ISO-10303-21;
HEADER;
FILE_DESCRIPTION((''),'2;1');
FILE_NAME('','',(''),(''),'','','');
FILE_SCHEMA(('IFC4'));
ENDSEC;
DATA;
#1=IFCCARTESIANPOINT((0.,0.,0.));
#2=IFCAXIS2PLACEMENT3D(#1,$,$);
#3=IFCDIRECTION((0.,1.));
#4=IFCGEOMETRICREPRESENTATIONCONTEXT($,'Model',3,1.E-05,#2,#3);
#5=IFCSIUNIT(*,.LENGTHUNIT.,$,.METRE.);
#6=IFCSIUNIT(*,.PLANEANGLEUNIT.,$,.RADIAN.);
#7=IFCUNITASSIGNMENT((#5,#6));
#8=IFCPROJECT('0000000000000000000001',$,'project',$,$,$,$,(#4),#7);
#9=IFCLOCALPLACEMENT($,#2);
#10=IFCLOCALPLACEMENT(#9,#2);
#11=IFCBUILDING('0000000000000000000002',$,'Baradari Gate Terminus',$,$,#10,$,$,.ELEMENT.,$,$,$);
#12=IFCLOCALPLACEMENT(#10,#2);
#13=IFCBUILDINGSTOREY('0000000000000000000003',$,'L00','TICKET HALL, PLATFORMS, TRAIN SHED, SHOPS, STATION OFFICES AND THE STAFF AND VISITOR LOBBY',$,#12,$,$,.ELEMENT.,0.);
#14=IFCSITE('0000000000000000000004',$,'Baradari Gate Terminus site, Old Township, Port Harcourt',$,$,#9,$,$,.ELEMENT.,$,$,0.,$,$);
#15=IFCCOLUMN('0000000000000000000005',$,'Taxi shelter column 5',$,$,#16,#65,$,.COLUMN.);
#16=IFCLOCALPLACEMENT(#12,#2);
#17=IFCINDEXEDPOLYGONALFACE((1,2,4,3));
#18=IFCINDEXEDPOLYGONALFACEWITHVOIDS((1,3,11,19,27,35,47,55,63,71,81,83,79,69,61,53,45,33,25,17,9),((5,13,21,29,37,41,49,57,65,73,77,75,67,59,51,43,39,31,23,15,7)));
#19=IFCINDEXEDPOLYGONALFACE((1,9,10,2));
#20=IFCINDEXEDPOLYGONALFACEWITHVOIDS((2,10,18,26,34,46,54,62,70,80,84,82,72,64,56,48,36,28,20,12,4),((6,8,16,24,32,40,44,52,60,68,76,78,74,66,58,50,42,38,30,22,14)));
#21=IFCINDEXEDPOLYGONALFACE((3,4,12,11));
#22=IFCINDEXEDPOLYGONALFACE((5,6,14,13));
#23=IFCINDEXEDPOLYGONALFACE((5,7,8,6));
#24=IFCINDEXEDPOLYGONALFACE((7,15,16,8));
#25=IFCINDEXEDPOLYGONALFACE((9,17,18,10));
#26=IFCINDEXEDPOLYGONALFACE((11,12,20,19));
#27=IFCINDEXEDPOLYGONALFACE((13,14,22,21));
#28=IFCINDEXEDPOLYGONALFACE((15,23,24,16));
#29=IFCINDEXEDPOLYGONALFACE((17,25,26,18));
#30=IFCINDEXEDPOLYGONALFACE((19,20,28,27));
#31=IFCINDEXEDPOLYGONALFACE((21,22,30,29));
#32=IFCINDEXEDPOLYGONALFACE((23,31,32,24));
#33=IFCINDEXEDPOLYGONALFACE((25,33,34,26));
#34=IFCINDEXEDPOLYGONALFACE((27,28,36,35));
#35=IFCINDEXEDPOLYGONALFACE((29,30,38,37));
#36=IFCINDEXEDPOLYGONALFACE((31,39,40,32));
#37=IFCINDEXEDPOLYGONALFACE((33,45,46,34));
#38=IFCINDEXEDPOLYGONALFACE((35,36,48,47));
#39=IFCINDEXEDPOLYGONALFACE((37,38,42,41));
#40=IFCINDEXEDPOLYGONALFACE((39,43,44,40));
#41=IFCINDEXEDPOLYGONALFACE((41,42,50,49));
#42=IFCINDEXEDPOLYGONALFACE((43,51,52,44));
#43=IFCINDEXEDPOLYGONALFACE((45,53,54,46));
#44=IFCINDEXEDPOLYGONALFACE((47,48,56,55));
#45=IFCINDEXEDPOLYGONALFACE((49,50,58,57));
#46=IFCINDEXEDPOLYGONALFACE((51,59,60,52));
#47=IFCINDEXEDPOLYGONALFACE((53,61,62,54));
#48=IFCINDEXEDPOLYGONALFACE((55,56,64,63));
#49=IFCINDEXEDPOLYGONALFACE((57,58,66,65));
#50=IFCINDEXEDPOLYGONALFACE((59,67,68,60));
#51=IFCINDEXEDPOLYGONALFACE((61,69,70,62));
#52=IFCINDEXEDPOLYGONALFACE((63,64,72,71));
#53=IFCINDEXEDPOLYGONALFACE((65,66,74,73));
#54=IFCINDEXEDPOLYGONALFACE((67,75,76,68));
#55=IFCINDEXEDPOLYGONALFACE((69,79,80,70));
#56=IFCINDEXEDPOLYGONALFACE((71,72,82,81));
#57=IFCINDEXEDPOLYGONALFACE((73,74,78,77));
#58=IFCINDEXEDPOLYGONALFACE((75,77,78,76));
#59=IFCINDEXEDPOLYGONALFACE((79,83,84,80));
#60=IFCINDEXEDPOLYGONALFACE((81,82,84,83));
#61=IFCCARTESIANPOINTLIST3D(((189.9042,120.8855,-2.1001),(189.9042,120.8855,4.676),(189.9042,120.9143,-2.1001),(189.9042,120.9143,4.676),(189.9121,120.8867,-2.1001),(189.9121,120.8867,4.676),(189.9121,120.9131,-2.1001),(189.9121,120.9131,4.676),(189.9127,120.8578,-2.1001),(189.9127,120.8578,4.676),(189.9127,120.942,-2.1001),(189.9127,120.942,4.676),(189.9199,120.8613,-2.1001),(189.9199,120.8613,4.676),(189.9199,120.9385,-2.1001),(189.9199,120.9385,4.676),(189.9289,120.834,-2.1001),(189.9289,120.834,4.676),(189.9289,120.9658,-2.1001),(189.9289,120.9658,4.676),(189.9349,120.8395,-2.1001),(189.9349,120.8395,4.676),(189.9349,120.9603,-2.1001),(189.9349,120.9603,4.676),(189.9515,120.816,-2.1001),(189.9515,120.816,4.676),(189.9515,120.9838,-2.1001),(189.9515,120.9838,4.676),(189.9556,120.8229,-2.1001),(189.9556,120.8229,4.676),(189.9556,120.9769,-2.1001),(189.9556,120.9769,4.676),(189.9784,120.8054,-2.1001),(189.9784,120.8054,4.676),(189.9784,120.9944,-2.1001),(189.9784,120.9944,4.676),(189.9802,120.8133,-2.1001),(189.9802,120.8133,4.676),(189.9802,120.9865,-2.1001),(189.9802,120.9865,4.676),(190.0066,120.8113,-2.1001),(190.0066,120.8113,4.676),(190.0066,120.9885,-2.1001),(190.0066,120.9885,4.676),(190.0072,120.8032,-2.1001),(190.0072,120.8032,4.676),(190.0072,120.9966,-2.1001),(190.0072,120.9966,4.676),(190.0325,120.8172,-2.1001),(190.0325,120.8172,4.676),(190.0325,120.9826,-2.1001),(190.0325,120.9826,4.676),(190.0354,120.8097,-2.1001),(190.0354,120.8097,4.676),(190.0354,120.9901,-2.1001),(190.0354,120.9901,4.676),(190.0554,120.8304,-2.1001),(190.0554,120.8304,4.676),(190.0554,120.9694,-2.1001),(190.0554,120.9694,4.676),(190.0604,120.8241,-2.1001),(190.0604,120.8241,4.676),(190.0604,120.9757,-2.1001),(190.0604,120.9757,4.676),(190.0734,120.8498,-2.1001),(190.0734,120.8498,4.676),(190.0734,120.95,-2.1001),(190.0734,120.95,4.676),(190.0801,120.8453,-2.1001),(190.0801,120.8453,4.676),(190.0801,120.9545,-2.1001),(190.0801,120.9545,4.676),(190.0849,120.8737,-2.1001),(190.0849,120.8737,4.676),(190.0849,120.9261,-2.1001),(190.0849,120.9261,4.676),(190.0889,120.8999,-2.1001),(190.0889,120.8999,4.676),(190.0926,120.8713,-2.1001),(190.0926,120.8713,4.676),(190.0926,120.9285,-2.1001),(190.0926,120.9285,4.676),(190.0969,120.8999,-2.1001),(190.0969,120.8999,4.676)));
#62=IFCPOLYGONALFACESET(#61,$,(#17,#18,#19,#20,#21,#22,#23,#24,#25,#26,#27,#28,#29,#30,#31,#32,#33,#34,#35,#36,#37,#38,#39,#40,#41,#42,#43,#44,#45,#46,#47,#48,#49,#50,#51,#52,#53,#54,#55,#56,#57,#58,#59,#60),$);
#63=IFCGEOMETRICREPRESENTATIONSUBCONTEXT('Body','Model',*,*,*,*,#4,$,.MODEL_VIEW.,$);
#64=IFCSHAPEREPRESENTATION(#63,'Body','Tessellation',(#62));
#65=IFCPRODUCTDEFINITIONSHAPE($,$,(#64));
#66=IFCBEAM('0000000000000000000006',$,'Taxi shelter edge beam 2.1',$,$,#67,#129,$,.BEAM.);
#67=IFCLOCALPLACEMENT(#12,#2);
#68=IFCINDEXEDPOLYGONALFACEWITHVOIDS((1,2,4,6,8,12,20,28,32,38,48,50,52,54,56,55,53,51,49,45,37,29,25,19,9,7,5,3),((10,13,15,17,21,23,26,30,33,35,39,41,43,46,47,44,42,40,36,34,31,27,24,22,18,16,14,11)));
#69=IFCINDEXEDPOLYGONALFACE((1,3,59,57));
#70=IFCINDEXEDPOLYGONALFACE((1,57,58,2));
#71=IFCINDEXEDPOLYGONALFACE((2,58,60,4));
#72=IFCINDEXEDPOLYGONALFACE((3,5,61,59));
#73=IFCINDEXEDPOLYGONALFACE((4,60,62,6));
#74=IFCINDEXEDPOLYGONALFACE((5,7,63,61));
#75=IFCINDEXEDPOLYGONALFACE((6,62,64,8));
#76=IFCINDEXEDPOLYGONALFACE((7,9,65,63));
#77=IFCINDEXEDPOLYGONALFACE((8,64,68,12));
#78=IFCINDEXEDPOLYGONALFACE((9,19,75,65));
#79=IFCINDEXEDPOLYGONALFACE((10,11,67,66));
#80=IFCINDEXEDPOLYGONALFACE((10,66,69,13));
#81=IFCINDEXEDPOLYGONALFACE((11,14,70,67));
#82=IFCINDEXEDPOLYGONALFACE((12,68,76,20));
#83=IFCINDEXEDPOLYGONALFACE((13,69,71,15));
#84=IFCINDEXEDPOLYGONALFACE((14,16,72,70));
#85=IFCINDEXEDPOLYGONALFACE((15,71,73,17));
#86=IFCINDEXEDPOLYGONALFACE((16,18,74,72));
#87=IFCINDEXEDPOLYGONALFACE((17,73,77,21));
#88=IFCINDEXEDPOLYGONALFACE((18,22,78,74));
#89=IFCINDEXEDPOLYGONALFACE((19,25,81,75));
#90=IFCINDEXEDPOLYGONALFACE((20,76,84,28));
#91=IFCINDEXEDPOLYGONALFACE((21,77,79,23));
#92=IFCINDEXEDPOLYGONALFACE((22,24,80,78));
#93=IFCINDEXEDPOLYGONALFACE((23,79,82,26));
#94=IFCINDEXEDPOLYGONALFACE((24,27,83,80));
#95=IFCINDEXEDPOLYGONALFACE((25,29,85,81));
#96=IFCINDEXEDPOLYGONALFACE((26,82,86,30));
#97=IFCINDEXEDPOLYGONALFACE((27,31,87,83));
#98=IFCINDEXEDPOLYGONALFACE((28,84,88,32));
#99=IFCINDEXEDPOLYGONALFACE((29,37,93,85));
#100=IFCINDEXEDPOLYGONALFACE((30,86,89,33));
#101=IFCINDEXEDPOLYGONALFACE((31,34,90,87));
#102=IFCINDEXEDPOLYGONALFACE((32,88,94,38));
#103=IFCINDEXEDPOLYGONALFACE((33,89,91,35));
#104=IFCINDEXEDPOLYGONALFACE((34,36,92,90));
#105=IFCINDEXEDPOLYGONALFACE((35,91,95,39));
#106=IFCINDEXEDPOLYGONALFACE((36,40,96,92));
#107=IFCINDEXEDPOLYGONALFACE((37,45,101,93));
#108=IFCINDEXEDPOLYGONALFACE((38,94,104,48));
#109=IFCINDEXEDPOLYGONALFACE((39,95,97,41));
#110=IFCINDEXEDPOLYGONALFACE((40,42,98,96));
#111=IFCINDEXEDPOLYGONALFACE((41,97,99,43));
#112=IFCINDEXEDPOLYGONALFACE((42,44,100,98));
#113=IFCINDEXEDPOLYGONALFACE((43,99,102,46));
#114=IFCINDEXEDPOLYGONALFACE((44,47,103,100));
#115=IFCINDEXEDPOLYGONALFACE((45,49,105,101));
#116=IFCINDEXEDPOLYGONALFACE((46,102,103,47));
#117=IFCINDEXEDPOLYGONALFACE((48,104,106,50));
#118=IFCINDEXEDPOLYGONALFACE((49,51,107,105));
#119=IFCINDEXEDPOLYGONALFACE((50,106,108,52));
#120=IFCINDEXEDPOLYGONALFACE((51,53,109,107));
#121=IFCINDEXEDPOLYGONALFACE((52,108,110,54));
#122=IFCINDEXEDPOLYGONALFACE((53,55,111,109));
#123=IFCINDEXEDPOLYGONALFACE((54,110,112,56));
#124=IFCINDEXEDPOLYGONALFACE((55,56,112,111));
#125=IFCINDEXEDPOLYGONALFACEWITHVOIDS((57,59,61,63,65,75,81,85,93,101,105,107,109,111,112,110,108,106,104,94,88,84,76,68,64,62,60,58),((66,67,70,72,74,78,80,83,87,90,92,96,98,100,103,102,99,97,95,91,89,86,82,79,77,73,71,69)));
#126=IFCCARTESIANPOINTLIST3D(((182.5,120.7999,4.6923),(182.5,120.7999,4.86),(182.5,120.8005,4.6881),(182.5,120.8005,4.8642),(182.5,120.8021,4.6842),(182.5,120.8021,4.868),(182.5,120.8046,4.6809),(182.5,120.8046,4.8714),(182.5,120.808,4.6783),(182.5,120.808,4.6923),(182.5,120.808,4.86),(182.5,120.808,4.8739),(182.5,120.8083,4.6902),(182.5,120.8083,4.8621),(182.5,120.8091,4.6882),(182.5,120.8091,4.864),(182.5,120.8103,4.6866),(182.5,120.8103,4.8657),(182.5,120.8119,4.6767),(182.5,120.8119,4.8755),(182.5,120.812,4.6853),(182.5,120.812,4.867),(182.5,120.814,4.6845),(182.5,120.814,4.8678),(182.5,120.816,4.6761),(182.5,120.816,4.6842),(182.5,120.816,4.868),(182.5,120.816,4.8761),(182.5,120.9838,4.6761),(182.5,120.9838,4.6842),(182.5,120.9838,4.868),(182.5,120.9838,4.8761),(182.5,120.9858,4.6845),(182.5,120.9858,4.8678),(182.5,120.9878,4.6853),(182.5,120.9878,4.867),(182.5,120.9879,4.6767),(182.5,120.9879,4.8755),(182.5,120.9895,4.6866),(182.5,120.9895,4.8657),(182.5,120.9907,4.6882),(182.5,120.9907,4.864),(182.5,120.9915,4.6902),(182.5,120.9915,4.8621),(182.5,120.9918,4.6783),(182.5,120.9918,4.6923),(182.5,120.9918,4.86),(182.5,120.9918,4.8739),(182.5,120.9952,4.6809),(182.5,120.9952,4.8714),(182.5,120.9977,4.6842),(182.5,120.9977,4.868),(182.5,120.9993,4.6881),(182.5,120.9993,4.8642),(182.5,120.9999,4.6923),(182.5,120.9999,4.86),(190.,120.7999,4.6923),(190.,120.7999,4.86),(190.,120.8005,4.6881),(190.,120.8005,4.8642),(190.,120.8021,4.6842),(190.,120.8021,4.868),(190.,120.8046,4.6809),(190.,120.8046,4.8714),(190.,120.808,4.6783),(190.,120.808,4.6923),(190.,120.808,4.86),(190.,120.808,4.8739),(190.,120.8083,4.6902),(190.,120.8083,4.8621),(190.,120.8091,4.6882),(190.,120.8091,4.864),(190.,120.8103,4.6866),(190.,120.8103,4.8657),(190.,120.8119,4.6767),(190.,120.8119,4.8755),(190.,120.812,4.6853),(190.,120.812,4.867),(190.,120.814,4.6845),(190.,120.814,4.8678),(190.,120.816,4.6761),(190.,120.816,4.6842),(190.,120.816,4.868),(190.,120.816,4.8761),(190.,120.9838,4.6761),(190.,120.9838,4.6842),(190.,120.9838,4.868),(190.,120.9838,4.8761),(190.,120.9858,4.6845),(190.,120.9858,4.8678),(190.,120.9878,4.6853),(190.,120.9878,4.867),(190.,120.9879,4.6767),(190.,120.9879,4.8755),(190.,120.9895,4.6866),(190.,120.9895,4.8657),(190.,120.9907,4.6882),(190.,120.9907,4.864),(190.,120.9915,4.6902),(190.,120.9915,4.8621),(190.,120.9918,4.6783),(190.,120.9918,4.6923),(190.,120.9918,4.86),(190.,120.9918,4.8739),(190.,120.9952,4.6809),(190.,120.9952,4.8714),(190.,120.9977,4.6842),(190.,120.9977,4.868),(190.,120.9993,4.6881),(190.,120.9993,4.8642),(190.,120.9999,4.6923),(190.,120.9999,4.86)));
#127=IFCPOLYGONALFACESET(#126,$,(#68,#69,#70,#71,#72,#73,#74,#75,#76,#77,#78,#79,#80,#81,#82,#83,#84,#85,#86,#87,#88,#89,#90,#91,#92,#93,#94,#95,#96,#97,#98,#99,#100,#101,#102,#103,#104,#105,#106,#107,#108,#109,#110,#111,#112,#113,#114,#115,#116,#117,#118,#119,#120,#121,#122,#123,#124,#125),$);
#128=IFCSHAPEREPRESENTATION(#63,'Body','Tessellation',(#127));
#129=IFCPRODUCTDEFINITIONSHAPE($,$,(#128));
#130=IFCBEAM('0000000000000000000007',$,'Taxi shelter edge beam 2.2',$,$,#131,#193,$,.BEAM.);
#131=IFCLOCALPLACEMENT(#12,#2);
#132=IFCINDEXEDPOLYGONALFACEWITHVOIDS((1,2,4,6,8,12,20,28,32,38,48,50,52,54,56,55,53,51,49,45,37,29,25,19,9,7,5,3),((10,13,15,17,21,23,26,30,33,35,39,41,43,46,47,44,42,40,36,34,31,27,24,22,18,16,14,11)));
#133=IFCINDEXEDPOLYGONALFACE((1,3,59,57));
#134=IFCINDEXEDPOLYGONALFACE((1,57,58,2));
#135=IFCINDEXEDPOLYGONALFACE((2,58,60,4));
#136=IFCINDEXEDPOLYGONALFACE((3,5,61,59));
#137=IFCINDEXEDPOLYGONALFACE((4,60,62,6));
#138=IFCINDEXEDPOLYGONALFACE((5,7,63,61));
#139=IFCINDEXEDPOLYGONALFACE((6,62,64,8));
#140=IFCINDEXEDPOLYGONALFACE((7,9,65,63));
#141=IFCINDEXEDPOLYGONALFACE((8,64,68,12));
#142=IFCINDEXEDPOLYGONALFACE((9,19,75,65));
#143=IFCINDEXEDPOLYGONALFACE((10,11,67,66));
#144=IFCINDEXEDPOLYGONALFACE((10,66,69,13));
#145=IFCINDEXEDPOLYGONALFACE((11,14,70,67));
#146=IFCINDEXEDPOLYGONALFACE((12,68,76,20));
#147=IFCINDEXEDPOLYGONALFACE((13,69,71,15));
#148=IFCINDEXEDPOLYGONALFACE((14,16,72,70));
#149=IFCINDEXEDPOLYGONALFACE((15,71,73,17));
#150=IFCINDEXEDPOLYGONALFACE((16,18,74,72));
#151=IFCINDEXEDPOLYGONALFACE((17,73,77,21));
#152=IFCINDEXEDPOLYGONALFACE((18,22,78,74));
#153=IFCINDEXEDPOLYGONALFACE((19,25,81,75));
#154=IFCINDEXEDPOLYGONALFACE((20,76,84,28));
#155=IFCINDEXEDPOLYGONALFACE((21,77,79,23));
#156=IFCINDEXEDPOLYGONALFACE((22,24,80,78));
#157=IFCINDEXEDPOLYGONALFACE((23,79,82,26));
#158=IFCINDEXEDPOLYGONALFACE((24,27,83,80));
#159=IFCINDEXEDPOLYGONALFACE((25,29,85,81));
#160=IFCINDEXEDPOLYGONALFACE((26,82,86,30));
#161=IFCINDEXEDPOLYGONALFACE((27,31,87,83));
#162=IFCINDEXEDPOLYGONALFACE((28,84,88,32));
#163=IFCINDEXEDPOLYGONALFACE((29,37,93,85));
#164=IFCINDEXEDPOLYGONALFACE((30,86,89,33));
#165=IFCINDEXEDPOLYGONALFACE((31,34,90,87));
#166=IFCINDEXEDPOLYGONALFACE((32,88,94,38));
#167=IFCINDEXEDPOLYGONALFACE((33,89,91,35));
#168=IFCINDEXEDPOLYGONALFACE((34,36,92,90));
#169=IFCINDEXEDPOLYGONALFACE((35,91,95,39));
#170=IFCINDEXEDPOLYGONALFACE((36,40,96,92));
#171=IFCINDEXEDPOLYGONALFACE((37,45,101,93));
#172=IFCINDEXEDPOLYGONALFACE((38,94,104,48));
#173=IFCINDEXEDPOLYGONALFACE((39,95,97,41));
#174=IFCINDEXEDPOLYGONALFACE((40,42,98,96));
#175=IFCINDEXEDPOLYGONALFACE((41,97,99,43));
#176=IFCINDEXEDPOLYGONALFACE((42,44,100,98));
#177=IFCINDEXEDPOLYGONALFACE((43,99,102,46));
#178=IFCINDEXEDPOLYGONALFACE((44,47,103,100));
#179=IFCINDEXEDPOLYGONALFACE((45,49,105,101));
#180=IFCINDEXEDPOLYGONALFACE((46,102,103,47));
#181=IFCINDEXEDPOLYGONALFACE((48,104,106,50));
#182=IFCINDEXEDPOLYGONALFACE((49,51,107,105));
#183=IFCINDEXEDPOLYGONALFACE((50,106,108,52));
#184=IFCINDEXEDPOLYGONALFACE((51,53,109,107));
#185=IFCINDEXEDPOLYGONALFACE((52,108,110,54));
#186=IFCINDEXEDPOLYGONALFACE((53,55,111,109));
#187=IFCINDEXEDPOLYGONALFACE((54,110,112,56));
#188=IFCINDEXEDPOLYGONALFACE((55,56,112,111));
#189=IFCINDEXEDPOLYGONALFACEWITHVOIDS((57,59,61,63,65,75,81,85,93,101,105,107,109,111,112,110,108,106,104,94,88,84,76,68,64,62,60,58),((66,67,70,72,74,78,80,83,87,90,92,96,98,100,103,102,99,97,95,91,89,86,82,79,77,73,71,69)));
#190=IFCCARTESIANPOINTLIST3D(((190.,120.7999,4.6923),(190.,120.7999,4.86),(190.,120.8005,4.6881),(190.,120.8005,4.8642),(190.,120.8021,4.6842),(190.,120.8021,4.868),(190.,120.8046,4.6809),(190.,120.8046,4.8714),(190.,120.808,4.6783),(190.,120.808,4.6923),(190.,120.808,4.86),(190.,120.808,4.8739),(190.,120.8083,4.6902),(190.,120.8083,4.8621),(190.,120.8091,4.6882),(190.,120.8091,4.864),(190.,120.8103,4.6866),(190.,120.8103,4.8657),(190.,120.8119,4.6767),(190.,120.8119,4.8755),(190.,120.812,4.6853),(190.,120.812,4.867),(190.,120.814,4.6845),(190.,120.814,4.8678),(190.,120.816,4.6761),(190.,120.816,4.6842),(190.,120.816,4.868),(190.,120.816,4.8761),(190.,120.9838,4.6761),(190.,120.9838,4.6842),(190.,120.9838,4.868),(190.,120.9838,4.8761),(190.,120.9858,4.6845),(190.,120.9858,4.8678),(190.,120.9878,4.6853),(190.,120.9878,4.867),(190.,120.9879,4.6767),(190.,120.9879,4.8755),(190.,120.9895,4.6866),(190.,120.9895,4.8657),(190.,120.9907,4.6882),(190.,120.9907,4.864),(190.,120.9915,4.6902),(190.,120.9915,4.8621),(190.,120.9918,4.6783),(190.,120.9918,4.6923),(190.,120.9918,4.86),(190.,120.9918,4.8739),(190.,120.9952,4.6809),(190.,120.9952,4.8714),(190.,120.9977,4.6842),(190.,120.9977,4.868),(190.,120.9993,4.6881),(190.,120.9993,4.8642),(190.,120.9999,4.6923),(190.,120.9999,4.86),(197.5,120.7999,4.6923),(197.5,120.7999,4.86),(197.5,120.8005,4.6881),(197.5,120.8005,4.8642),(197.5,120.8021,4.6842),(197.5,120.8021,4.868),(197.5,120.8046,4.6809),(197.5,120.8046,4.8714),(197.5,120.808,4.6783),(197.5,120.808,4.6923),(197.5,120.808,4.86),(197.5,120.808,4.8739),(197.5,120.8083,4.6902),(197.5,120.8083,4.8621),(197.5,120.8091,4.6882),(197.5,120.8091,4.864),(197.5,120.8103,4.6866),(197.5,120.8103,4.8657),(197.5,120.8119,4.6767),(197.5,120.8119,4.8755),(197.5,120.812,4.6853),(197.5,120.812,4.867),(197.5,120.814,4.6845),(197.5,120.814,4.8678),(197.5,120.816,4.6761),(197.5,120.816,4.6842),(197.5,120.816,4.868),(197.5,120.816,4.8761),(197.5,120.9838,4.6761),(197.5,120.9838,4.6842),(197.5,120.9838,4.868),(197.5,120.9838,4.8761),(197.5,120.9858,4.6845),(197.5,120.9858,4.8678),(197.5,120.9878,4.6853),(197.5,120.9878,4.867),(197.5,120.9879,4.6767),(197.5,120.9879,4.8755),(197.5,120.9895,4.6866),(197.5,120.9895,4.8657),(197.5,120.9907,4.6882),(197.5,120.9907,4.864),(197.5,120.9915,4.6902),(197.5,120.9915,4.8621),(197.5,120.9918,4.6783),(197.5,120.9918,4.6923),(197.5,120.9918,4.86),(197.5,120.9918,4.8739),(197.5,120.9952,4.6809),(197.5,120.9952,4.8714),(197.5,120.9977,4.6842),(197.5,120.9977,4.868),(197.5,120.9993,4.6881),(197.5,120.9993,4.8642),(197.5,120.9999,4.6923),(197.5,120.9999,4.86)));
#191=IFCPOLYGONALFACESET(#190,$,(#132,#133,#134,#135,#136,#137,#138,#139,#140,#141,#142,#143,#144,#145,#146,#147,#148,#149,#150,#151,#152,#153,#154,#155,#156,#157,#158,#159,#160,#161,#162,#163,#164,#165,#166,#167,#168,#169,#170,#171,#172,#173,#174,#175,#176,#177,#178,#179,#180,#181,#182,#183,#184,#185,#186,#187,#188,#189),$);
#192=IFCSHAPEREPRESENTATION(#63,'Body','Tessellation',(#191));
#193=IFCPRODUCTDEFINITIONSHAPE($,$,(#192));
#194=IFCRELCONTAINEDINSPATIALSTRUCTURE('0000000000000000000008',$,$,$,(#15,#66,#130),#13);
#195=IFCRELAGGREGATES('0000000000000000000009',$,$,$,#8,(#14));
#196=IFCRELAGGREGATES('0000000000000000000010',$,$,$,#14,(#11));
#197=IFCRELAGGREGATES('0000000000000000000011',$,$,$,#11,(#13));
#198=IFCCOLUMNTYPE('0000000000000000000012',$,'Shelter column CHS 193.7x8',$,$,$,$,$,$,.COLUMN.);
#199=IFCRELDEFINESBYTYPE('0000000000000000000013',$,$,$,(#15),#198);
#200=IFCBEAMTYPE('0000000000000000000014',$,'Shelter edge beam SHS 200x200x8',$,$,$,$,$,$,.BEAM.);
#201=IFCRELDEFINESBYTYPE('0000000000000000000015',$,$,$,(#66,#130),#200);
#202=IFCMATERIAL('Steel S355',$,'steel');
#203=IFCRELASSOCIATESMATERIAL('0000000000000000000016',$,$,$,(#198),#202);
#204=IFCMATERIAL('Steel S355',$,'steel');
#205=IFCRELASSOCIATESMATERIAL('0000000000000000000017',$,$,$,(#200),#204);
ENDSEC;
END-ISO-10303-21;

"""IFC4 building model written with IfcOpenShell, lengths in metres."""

from ifc_helpers import new_model, si_unit, direction, frame, origin, origin_2d, place, context, subcontext, project, spatial, hollow_rectangle, hollow_circle, extrude, material, material_profile, profile_set, type_object, element, save


model = new_model("IFC4")

# Units and contexts
model_context = context("Model", 3, precision=1e-05, world=origin(), true_north=direction((0.0, 1.0)))
body_context = subcontext(model_context, "Body", "Model", "MODEL_VIEW")
ifc_project = project(units=[si_unit("LENGTHUNIT", "METRE"), si_unit("PLANEANGLEUNIT", "RADIAN")], contexts=[model_context])

# Site, building, storey
site_placement = place(None, origin())
site = spatial("IfcSite", under=ifc_project, at=site_placement, Name="Baradari Gate Terminus site, Old Township, Port Harcourt", CompositionType="ELEMENT", RefElevation=0.0)
building_placement = place(site_placement, origin())
building = spatial("IfcBuilding", under=site, at=building_placement, Name="Baradari Gate Terminus", CompositionType="ELEMENT")
storey_placement = place(building_placement, origin())
storey = spatial("IfcBuildingStorey", under=building, at=storey_placement, Name="L00", Description="TICKET HALL, PLATFORMS, TRAIN SHED, SHOPS, STATION OFFICES AND THE STAFF AND VISITOR LOBBY", CompositionType="ELEMENT", Elevation=0.0)

# Column
ifc_material_1 = material(Name="Steel S355", Category="steel")
ifc_material_profile_1 = material_profile(ifc_material_1, hollow_circle(Radius=0.0969, WallThickness=0.0081, at=origin_2d()), Name="CHS 193.7x8")
ifc_profile_set_1 = profile_set([ifc_material_profile_1], Name="Steel S355")
column_type_1 = type_object("IfcColumnType", Name="Shelter column CHS 193.7x8", PredefinedType="COLUMN", material=ifc_profile_set_1)
for number, where, z_axis, x_axis, name in (
    (1, (190.0, 120.8999, -2.1001), (0.0, 0.0, 1.0), (1.0, 0.0, 0.0), "Taxi shelter column 5"),
):
    element("IfcColumn", number, at=place(storey_placement, frame(where, z_axis=z_axis, x_axis=x_axis)), inside=storey, type_object=column_type_1, Name=name, PredefinedType="COLUMN", context=body_context, shape_type="SweptSolid", body=[
        extrude(hollow_circle(Radius=0.0969, WallThickness=0.0081, at=origin_2d()), origin(), (0.0, 0.0, 1.0), 6.7761),
    ])

# Beams
ifc_material_2 = material(Name="Steel S355", Category="steel")
ifc_material_profile_2 = material_profile(ifc_material_2, hollow_rectangle(XDim=0.2, YDim=0.2, WallThickness=0.0081, InnerFilletRadius=0.0081, OuterFilletRadius=0.0161, at=origin_2d()), Name="SHS 200x200x8")
ifc_profile_set_2 = profile_set([ifc_material_profile_2], Name="Steel S355")
beam_type = type_object("IfcBeamType", Name="Shelter edge beam SHS 200x200x8", PredefinedType="BEAM", material=ifc_profile_set_2)
for number, where, z_axis, x_axis, name in (
    (2, (182.5, 120.8999, 4.7761), (1.0, 0.0, 0.0), (0.0, 1.0, 0.0), "Taxi shelter edge beam 2.1"),
    (3, (190.0, 120.8999, 4.7761), (1.0, 0.0, 0.0), (0.0, 1.0, 0.0), "Taxi shelter edge beam 2.2"),
):
    element("IfcBeam", number, at=place(storey_placement, frame(where, z_axis=z_axis, x_axis=x_axis)), inside=storey, type_object=beam_type, Name=name, PredefinedType="BEAM", context=body_context, shape_type="SweptSolid", body=[
        extrude(hollow_rectangle(XDim=0.2, YDim=0.2, WallThickness=0.0081, InnerFilletRadius=0.0081, OuterFilletRadius=0.0161, at=origin_2d()), origin(), (0.0, 0.0, 1.0), 7.5),
    ])

save(model, "model.ifc")
